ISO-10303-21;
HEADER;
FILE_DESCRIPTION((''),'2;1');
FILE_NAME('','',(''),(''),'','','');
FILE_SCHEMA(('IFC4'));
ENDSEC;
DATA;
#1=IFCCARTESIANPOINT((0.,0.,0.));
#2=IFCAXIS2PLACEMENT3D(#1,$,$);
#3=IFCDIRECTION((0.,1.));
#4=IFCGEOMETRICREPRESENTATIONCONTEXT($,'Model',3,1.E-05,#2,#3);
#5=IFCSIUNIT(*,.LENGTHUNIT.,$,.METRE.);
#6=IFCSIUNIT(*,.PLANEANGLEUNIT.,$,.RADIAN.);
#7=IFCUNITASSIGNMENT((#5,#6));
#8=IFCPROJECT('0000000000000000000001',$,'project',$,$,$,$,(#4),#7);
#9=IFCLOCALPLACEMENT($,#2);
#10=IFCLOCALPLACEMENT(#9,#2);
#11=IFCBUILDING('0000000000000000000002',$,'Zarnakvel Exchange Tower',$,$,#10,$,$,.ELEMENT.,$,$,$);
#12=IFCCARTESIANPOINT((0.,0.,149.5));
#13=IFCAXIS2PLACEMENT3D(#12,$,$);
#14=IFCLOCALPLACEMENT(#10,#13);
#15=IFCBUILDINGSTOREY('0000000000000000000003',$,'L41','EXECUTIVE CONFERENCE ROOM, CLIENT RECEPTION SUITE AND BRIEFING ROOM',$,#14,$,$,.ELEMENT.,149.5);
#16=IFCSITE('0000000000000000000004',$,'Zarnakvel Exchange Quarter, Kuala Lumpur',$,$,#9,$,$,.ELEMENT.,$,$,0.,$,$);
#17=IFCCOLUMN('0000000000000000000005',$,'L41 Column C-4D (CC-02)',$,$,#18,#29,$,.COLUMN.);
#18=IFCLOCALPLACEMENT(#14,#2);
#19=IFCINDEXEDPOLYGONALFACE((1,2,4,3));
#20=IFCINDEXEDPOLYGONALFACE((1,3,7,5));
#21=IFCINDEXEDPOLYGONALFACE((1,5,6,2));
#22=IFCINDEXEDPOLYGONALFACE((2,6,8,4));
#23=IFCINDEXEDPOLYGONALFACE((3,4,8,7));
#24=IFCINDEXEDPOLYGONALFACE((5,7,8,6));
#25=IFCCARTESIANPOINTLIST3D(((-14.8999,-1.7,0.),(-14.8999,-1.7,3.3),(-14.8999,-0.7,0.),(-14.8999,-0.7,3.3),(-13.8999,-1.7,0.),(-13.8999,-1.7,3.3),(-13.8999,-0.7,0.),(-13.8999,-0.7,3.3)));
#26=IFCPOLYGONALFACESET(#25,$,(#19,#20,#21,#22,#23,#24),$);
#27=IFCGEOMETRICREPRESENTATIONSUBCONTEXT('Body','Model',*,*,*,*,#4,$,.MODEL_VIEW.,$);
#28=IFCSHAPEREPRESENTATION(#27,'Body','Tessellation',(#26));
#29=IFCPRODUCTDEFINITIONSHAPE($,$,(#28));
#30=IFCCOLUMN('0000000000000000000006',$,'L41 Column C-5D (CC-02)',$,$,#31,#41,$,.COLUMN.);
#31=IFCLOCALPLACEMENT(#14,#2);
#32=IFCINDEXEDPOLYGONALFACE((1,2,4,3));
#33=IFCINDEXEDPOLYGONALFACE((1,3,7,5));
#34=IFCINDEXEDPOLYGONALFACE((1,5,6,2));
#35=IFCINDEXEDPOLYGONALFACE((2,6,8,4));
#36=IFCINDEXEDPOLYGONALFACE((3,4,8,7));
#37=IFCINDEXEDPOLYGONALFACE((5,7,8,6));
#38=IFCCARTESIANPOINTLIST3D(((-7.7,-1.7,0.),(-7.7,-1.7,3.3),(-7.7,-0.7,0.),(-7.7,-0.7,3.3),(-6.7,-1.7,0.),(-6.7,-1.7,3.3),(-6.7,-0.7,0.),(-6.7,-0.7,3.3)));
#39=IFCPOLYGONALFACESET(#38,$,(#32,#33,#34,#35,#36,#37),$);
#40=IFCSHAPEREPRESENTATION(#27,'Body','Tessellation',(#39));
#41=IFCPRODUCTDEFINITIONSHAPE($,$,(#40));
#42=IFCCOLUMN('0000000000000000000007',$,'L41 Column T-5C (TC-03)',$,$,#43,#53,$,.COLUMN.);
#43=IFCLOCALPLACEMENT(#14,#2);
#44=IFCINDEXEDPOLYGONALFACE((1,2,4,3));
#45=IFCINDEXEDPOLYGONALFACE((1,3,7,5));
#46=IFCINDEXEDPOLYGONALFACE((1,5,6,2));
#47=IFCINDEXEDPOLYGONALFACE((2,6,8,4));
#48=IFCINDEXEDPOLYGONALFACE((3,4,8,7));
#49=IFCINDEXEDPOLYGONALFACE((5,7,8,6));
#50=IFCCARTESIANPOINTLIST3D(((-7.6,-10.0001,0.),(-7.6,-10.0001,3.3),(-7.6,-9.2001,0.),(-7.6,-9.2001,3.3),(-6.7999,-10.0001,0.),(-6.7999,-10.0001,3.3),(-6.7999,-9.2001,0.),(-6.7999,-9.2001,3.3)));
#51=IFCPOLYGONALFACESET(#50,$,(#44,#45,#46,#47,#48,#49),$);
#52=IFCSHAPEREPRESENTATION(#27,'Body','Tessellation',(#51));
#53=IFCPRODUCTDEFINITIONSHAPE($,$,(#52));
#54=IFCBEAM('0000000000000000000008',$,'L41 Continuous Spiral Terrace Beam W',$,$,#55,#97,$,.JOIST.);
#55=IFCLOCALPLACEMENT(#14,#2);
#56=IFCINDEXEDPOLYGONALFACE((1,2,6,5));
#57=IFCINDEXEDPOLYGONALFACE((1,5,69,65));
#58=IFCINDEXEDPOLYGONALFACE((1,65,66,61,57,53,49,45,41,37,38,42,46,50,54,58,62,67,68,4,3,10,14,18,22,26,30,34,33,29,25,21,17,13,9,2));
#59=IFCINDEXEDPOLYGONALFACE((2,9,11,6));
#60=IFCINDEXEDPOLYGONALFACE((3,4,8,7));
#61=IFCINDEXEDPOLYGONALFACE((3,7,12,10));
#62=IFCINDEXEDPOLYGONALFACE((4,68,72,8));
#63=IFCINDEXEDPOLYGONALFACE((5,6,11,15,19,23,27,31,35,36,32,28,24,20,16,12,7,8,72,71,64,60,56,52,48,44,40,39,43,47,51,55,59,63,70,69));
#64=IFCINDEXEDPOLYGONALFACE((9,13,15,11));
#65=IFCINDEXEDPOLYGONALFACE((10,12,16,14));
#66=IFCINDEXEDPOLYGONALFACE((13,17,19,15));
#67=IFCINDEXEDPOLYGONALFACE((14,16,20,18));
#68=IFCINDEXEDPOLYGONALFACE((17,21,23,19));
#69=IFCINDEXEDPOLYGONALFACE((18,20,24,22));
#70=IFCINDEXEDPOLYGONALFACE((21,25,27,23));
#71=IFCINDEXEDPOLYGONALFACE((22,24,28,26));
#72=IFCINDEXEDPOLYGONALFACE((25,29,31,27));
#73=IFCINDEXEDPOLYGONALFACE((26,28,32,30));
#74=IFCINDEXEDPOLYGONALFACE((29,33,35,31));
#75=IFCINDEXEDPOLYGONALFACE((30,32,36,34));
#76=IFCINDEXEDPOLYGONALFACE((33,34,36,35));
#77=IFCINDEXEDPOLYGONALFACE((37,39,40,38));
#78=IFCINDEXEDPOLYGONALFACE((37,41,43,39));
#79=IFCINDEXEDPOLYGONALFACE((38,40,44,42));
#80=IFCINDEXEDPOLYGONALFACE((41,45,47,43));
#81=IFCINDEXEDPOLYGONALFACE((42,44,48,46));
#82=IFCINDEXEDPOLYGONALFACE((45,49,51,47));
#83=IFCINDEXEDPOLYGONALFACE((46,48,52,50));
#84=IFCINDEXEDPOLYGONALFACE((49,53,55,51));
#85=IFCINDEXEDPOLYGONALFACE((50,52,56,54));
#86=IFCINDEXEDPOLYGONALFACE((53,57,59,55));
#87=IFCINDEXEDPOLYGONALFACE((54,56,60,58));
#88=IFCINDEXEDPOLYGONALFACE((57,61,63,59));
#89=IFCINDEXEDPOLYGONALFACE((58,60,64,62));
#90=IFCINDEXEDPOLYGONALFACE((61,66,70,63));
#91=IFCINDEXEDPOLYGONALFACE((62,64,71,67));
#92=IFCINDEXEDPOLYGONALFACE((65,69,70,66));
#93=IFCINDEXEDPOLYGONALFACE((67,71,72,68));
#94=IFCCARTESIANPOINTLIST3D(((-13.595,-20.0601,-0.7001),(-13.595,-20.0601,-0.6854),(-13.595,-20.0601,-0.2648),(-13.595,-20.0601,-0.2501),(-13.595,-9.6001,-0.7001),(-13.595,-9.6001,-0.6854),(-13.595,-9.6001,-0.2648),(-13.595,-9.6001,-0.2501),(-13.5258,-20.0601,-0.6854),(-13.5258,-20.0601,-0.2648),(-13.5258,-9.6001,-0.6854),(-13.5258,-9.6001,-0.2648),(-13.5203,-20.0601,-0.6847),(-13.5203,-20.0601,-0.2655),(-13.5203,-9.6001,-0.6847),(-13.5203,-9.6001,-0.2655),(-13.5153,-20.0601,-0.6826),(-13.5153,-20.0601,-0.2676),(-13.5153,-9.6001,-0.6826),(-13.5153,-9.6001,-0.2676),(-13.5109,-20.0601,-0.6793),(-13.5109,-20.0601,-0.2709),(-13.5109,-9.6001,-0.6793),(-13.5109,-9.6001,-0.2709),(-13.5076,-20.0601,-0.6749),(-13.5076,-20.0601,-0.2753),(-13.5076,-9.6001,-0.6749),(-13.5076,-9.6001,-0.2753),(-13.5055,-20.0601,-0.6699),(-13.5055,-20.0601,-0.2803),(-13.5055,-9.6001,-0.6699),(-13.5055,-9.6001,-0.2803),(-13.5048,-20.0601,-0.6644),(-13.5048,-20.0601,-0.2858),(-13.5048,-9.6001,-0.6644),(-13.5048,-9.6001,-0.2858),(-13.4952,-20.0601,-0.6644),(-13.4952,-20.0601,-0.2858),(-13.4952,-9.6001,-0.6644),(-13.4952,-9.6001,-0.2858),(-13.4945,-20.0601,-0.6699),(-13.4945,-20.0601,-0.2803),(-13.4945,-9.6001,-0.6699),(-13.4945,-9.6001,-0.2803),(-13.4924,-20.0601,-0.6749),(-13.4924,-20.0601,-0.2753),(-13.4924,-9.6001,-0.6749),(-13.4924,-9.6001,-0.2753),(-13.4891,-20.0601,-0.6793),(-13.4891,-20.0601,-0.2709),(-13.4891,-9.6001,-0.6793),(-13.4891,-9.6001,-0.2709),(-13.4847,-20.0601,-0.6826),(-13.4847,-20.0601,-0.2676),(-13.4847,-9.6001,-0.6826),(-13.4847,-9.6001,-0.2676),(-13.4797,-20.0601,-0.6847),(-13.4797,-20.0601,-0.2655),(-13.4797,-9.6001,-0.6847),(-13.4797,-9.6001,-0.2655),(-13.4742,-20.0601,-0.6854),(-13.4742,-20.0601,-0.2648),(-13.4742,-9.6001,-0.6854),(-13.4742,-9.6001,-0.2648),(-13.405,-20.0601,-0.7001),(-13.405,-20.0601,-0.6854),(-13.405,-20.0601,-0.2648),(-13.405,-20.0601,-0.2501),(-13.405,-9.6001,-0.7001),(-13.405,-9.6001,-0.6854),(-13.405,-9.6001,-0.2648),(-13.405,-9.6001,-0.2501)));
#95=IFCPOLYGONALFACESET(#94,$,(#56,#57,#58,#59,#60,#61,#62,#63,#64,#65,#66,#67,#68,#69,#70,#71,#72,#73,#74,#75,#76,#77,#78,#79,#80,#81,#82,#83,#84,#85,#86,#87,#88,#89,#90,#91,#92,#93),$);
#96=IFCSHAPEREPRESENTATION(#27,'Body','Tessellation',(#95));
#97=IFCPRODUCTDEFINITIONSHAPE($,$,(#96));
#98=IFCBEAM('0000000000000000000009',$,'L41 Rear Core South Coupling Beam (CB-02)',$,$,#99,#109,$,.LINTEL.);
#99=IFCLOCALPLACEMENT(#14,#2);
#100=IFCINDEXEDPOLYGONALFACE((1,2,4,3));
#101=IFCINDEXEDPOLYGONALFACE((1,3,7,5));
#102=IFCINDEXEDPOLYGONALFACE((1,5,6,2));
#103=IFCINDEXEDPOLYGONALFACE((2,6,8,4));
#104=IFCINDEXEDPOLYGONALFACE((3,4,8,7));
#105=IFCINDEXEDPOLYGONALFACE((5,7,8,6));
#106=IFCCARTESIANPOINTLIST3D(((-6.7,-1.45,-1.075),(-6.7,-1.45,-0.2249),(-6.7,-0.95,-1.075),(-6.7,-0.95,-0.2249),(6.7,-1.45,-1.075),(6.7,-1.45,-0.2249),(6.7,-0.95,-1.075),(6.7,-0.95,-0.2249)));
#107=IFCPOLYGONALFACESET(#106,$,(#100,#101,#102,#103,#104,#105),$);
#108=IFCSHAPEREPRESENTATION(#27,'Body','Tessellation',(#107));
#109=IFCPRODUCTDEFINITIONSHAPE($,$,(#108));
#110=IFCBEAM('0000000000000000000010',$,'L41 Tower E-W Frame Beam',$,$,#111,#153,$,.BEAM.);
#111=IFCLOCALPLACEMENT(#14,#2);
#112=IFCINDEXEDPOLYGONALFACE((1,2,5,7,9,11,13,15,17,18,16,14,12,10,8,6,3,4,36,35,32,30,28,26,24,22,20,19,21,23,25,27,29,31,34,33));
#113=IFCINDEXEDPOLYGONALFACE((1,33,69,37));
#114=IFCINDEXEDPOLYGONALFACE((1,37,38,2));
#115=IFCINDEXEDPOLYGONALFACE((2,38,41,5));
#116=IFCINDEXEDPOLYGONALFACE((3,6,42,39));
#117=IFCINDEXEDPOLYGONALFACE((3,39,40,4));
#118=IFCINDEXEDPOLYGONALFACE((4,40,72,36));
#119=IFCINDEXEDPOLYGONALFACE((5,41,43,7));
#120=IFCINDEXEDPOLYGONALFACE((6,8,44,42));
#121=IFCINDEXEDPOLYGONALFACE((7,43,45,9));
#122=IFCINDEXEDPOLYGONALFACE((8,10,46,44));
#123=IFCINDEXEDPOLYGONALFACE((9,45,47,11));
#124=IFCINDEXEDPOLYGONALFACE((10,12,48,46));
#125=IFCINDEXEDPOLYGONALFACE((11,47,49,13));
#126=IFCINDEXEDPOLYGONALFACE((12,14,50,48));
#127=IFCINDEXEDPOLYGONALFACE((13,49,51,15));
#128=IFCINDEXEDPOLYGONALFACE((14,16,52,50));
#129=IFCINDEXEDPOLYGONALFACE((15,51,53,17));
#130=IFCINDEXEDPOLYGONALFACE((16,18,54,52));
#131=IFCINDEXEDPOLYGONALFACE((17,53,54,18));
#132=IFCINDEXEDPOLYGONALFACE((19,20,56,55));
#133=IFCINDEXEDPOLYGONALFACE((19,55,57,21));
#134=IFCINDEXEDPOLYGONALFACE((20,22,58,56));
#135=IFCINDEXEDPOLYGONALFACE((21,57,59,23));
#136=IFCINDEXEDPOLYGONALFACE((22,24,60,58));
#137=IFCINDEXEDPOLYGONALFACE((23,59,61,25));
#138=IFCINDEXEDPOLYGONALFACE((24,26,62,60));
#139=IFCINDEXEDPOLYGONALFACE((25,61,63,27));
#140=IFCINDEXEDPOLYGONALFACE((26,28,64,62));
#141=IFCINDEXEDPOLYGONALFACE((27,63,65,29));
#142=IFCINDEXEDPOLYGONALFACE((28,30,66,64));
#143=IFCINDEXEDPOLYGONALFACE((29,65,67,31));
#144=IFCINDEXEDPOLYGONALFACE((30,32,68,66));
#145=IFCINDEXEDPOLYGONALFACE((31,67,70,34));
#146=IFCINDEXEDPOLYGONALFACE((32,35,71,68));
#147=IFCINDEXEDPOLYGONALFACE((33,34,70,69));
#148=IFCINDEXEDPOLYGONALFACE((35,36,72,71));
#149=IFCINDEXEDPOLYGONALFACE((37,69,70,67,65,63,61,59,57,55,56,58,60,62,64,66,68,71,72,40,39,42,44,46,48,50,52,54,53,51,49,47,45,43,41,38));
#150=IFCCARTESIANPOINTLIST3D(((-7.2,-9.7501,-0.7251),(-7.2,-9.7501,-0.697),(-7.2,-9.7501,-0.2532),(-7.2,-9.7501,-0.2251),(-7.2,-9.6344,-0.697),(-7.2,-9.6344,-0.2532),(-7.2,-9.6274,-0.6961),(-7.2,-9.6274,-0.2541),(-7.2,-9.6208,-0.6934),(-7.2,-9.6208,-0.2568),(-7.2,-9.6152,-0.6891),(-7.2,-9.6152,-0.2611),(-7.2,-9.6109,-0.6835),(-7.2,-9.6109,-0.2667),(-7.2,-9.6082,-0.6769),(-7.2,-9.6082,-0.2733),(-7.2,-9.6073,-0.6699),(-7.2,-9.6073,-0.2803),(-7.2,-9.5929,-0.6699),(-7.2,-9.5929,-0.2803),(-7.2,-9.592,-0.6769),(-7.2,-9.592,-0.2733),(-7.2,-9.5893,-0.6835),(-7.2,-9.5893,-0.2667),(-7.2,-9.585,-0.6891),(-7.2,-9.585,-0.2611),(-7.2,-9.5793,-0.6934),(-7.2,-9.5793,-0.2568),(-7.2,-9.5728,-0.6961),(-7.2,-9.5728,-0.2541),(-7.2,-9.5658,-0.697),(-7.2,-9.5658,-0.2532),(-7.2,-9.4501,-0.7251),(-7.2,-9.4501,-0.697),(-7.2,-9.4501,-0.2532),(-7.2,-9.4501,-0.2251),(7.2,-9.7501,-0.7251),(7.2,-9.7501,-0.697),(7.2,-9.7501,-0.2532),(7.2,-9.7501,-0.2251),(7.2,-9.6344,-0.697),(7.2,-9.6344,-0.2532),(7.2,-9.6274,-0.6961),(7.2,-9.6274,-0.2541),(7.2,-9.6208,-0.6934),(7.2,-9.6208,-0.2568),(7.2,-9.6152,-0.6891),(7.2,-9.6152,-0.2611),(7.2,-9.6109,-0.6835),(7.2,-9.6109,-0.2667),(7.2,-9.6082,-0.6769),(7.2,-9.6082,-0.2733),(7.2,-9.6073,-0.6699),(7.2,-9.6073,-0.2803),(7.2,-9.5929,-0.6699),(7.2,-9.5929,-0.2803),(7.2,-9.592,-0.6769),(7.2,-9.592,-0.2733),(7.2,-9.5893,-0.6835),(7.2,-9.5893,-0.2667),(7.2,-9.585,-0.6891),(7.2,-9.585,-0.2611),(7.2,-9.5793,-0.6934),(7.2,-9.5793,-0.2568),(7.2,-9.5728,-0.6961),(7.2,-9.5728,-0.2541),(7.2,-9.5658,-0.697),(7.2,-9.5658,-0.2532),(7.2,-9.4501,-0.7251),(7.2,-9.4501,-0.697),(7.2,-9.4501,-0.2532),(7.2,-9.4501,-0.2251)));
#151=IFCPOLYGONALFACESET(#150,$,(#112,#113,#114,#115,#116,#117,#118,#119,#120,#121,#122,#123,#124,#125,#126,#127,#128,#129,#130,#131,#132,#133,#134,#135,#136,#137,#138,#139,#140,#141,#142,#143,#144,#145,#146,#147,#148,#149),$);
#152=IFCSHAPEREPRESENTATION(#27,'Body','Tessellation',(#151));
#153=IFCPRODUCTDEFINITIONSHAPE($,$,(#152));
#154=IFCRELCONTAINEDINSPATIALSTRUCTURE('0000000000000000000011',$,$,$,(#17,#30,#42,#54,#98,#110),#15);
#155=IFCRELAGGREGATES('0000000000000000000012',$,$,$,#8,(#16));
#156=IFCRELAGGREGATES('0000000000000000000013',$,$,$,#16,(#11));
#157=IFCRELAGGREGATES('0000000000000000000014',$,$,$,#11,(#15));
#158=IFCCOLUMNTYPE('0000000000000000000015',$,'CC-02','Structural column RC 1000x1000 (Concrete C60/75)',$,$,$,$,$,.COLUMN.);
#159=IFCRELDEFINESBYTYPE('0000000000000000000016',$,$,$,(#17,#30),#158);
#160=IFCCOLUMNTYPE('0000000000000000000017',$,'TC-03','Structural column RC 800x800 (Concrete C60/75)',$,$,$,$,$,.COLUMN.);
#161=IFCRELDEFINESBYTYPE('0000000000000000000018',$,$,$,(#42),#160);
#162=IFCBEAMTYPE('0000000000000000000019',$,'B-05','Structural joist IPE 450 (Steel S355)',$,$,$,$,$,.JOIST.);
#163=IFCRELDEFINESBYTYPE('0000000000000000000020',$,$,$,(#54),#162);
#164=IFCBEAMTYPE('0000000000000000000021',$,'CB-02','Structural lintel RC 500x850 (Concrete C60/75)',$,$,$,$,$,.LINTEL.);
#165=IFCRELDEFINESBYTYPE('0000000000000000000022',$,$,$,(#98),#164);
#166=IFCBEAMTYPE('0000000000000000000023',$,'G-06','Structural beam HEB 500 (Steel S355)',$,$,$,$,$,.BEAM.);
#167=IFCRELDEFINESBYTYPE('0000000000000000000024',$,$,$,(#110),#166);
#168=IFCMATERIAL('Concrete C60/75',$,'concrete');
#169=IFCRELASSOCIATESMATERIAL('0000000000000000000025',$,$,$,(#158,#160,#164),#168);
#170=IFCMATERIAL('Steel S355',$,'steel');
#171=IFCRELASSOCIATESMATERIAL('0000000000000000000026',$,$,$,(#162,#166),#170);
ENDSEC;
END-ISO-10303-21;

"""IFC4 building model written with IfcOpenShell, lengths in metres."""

from ifc_helpers import new_model, si_unit, direction, frame, origin, origin_2d, place, context, subcontext, project, spatial, rectangle, i_section, extrude, material, material_profile, profile_set, type_object, element, save


model = new_model("IFC4")

# Units and contexts
model_context = context("Model", 3, precision=1e-05, world=origin(), true_north=direction((0.0, 1.0)))
body_context = subcontext(model_context, "Body", "Model", "MODEL_VIEW")
ifc_project = project(units=[si_unit("LENGTHUNIT", "METRE"), si_unit("PLANEANGLEUNIT", "RADIAN")], contexts=[model_context])

# Site, building, storey
site_placement = place(None, origin())
site = spatial("IfcSite", under=ifc_project, at=site_placement, Name="Zarnakvel Exchange Quarter, Kuala Lumpur", CompositionType="ELEMENT", RefElevation=0.0)
building_placement = place(site_placement, origin())
building = spatial("IfcBuilding", under=site, at=building_placement, Name="Zarnakvel Exchange Tower", CompositionType="ELEMENT")
storey_placement = place(building_placement, frame((0.0, 0.0, 149.5)))
storey = spatial("IfcBuildingStorey", under=building, at=storey_placement, Name="L41", Description="EXECUTIVE CONFERENCE ROOM, CLIENT RECEPTION SUITE AND BRIEFING ROOM", CompositionType="ELEMENT", Elevation=149.5)

# Columns
ifc_material_1 = material(Name="Concrete C60/75", Category="concrete")
ifc_material_profile_1 = material_profile(ifc_material_1, rectangle(XDim=1.0, YDim=1.0, at=origin_2d()))
ifc_profile_set_1 = profile_set([ifc_material_profile_1], Name="Concrete C60/75")
column_type_1 = type_object("IfcColumnType", Name="CC-02", Description="Structural column RC 1000x1000 (Concrete C60/75)", PredefinedType="COLUMN", material=ifc_profile_set_1)
for number, where, z_axis, x_axis, name in (
    (1, (-14.3999, -1.2, 0.0), (0.0, 0.0, 1.0), (1.0, 0.0, 0.0), "L41 Column C-4D (CC-02)"),
    (2, (-7.2, -1.2, 0.0), (0.0, 0.0, 1.0), (1.0, 0.0, 0.0), "L41 Column C-5D (CC-02)"),
):
    element("IfcColumn", number, at=place(storey_placement, frame(where, z_axis=z_axis, x_axis=x_axis)), inside=storey, type_object=column_type_1, Name=name, PredefinedType="COLUMN", context=body_context, shape_type="SweptSolid", body=[
        extrude(rectangle(XDim=1.0, YDim=1.0, at=origin_2d()), origin(), (0.0, 0.0, 1.0), 3.3),
    ])
ifc_material_profile_2 = material_profile(ifc_material_1, rectangle(XDim=0.8, YDim=0.8, at=origin_2d()))
ifc_profile_set_2 = profile_set([ifc_material_profile_2], Name="Concrete C60/75")
column_type_2 = type_object("IfcColumnType", Name="TC-03", Description="Structural column RC 800x800 (Concrete C60/75)", PredefinedType="COLUMN", material=ifc_profile_set_2)
column_placement = place(storey_placement, frame((-7.2, -9.6001, 0.0), z_axis=(0.0, 0.0, 1.0), x_axis=(1.0, 0.0, 0.0)))
element("IfcColumn", 3, at=column_placement, inside=storey, type_object=column_type_2, Name="L41 Column T-5C (TC-03)", PredefinedType="COLUMN", context=body_context, shape_type="SweptSolid", body=[
    extrude(rectangle(XDim=0.8, YDim=0.8, at=origin_2d()), origin(), (0.0, 0.0, 1.0), 3.3),
])

# Beams
ifc_material_2 = material(Name="Steel S355", Category="steel")
ifc_material_profile_3 = material_profile(ifc_material_2, i_section(OverallWidth=0.1899, OverallDepth=0.45, WebThickness=0.0095, FlangeThickness=0.0146, FilletRadius=0.021, at=origin_2d()))
ifc_profile_set_3 = profile_set([ifc_material_profile_3], Name="Steel S355")
beam_type_1 = type_object("IfcBeamType", Name="B-05", Description="Structural joist IPE 450 (Steel S355)", PredefinedType="JOIST", material=ifc_profile_set_3)
beam_1_placement = place(storey_placement, frame((-13.5, -9.6001, -0.4751), z_axis=(0.0, -1.0, 0.0), x_axis=(1.0, 0.0, 0.0)))
element("IfcBeam", 4, at=beam_1_placement, inside=storey, type_object=beam_type_1, Name="L41 Continuous Spiral Terrace Beam W", PredefinedType="JOIST", context=body_context, shape_type="SweptSolid", body=[
    extrude(i_section(OverallWidth=0.1899, OverallDepth=0.45, WebThickness=0.0095, FlangeThickness=0.0146, FilletRadius=0.021, at=origin_2d()), origin(), (0.0, 0.0, 1.0), 10.46),
])
ifc_material_profile_4 = material_profile(ifc_material_1, rectangle(XDim=0.5, YDim=0.8501, at=origin_2d()))
ifc_profile_set_4 = profile_set([ifc_material_profile_4], Name="Concrete C60/75")
beam_type_2 = type_object("IfcBeamType", Name="CB-02", Description="Structural lintel RC 500x850 (Concrete C60/75)", PredefinedType="LINTEL", material=ifc_profile_set_4)
beam_2_placement = place(storey_placement, frame((-6.7, -1.2, -0.6499), z_axis=(1.0, 0.0, 0.0), x_axis=(0.0, 1.0, 0.0)))
element("IfcBeam", 5, at=beam_2_placement, inside=storey, type_object=beam_type_2, Name="L41 Rear Core South Coupling Beam (CB-02)", PredefinedType="LINTEL", context=body_context, shape_type="SweptSolid", body=[
    extrude(rectangle(XDim=0.5, YDim=0.8501, at=origin_2d()), origin(), (0.0, 0.0, 1.0), 13.3999),
])
ifc_material_profile_5 = material_profile(ifc_material_2, i_section(OverallWidth=0.3, OverallDepth=0.5, WebThickness=0.0144, FlangeThickness=0.0281, FilletRadius=0.0271, at=origin_2d()))
ifc_profile_set_5 = profile_set([ifc_material_profile_5], Name="Steel S355")
beam_type_3 = type_object("IfcBeamType", Name="G-06", Description="Structural beam HEB 500 (Steel S355)", PredefinedType="BEAM", material=ifc_profile_set_5)
beam_3_placement = place(storey_placement, frame((-7.2, -9.6001, -0.4751), z_axis=(1.0, 0.0, 0.0), x_axis=(0.0, 1.0, 0.0)))
element("IfcBeam", 6, at=beam_3_placement, inside=storey, type_object=beam_type_3, Name="L41 Tower E-W Frame Beam", PredefinedType="BEAM", context=body_context, shape_type="SweptSolid", body=[
    extrude(i_section(OverallWidth=0.3, OverallDepth=0.5, WebThickness=0.0144, FlangeThickness=0.0281, FilletRadius=0.0271, at=origin_2d()), origin(), (0.0, 0.0, 1.0), 14.3999),
])

save(model, "model.ifc")
